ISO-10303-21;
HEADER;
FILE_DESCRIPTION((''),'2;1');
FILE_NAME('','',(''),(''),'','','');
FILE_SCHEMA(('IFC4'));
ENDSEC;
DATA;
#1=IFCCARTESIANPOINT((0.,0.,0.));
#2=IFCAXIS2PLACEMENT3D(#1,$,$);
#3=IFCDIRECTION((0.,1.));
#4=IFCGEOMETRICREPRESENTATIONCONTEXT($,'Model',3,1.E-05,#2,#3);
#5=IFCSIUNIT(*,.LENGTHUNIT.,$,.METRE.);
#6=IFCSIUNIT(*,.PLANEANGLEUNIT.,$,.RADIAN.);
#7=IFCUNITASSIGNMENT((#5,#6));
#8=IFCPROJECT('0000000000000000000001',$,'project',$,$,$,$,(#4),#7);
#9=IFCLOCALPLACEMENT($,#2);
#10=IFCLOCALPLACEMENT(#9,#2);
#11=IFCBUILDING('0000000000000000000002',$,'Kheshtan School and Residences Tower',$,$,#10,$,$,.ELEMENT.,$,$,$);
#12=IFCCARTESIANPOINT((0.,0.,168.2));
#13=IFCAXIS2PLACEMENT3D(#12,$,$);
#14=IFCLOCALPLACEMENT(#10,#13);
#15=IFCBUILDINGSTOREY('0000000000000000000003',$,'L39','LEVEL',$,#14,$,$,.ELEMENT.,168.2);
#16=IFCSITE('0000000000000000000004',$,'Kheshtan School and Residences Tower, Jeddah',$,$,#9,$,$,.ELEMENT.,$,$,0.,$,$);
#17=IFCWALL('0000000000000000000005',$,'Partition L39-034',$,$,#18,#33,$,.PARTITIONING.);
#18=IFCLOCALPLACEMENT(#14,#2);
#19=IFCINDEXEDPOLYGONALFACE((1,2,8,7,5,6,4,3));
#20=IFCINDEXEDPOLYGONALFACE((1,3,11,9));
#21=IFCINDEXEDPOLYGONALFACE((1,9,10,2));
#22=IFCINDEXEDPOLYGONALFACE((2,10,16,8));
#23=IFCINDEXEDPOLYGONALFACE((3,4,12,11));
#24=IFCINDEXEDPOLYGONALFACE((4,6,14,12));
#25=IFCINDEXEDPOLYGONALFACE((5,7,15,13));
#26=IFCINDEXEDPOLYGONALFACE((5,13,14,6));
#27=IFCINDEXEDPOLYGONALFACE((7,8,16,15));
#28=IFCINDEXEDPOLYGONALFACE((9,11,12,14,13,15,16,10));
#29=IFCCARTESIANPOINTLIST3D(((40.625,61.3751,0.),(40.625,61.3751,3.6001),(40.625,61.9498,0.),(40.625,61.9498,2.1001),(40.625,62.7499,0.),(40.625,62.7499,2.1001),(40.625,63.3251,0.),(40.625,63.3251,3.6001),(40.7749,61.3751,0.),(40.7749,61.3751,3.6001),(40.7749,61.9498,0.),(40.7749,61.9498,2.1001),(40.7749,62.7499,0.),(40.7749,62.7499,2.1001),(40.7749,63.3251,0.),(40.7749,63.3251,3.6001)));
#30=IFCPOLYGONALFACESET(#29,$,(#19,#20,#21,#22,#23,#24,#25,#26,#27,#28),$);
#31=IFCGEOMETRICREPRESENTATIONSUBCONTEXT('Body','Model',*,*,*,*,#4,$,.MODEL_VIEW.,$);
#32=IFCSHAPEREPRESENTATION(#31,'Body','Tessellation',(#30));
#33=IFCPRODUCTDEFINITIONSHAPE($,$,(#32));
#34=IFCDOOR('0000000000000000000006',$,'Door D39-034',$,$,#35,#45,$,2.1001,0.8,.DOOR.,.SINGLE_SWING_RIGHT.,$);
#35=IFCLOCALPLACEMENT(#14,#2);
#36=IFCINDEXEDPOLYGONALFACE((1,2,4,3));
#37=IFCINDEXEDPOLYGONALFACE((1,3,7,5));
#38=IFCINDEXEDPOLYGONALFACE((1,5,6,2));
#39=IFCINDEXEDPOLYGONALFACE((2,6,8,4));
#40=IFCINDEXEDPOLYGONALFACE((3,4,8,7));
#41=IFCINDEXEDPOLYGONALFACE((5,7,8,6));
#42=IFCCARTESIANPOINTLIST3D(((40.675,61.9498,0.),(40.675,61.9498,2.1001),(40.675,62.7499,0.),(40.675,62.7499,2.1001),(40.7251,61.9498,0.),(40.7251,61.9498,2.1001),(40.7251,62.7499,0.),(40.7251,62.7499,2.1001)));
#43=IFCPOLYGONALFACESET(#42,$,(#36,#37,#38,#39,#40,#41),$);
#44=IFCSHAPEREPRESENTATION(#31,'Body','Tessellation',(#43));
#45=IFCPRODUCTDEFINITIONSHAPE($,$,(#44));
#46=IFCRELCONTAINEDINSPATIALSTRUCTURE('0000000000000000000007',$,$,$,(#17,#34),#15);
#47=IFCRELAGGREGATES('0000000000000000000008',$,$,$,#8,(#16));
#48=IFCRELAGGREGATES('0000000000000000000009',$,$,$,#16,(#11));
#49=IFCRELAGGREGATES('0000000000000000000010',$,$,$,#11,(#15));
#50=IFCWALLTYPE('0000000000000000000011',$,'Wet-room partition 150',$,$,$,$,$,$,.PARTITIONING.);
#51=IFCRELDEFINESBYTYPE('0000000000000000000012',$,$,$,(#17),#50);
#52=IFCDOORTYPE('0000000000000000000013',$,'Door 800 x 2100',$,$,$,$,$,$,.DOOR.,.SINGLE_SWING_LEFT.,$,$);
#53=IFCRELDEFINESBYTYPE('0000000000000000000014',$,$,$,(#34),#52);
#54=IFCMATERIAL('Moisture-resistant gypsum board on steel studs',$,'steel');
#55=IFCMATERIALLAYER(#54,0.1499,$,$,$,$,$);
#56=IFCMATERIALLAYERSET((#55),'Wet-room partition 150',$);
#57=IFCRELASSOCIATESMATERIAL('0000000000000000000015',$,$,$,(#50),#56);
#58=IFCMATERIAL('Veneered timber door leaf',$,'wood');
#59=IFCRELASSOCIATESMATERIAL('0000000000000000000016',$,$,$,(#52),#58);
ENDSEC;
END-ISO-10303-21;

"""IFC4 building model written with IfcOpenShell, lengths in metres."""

from ifc_helpers import new_model, si_unit, direction, frame, frame_2d, origin, place, context, subcontext, project, spatial, rectangle, extrude, source, transform, mapped, material, layer, layer_set, type_object, element, fill, save


model = new_model("IFC4")

# Units and contexts
model_context = context("Model", 3, precision=1e-05, world=origin(), true_north=direction((0.0, 1.0)))
body_context = subcontext(model_context, "Body", "Model", "MODEL_VIEW")
ifc_project = project(units=[si_unit("LENGTHUNIT", "METRE"), si_unit("PLANEANGLEUNIT", "RADIAN")], contexts=[model_context])

# Site, building, storey
site_placement = place(None, origin())
site = spatial("IfcSite", under=ifc_project, at=site_placement, Name="Kheshtan School and Residences Tower, Jeddah", CompositionType="ELEMENT", RefElevation=0.0)
building_placement = place(site_placement, origin())
building = spatial("IfcBuilding", under=site, at=building_placement, Name="Kheshtan School and Residences Tower", CompositionType="ELEMENT")
storey_placement = place(building_placement, frame((0.0, 0.0, 168.2)))
storey = spatial("IfcBuildingStorey", under=building, at=storey_placement, Name="L39", Description="LEVEL", CompositionType="ELEMENT", Elevation=168.2)

# Shared definitions
ifc_material_1 = material(Name="Moisture-resistant gypsum board on steel studs", Category="steel")
ifc_layer_1 = layer(ifc_material_1, 0.1499)
ifc_layer_set_1 = layer_set([ifc_layer_1], Name="Wet-room partition 150")
wall_type_1 = type_object("IfcWallType", Name="Wet-room partition 150", PredefinedType="PARTITIONING", material=ifc_layer_set_1)

# Shared definitions
ifc_material_2 = material(Name="Veneered timber door leaf", Category="wood")
door_type_1 = type_object("IfcDoorType", Name="Door 800 x 2100", OperationType="SINGLE_SWING_LEFT", PredefinedType="DOOR", material=ifc_material_2)
shared_shape_1 = source(origin(), body_context, "Body", "SweptSolid", [
    extrude(rectangle(XDim=0.8, YDim=2.1001, at=frame_2d((0.3999, 1.05))), frame((0.0, 0.0249, 0.0), z_axis=(0.0, -1.0, 0.0), x_axis=(1.0, 0.0, 0.0)), (0.0, 0.0, 1.0), 0.05),
])

# Wall, opening, door
wall_1_placement = place(storey_placement, frame((40.7, 61.375, 0.0), z_axis=(0.0, 0.0, 1.0), x_axis=(0.0, 1.0, 0.0)))
wall_1 = element("IfcWall", 1, at=wall_1_placement, inside=storey, type_object=wall_type_1, Name="Partition L39-034", PredefinedType="PARTITIONING", context=body_context, shape_type="SweptSolid", body=[
    extrude(rectangle(XDim=1.95, YDim=0.1499, at=frame_2d((0.9751, 0.0))), origin(), (0.0, 0.0, 1.0), 3.6001),
])
opening_1_placement = place(wall_1_placement, frame((0.575, 0.0, 0.0)))
opening_1 = element("IfcOpeningElement", 2, at=opening_1_placement, cuts=wall_1, PredefinedType="OPENING", context=body_context, shape_type="SweptSolid", body=[
    extrude(rectangle(XDim=0.8, YDim=2.1001, at=frame_2d((0.3999, 1.05))), frame((0.0, 0.085, 0.0), z_axis=(0.0, -1.0, 0.0), x_axis=(1.0, 0.0, 0.0)), (0.0, 0.0, 1.0), 0.1699),
])
door_1_placement = place(opening_1_placement, origin())
door_1 = element("IfcDoor", 3, at=door_1_placement, inside=storey, type_object=door_type_1, Name="Door D39-034", OperationType="SINGLE_SWING_RIGHT", OverallHeight=2.1001, OverallWidth=0.8, PredefinedType="DOOR", context=body_context, shape_type="MappedRepresentation", body=[
    mapped(shared_shape_1, transform((0.0, 0.0, 0.0), x_axis=(1.0, 0.0, 0.0), y_axis=(0.0, 1.0, 0.0), z_axis=(0.0, 0.0, 1.0), scale=1.0)),
])
fill(opening_1, door_1)

save(model, "model.ifc")
